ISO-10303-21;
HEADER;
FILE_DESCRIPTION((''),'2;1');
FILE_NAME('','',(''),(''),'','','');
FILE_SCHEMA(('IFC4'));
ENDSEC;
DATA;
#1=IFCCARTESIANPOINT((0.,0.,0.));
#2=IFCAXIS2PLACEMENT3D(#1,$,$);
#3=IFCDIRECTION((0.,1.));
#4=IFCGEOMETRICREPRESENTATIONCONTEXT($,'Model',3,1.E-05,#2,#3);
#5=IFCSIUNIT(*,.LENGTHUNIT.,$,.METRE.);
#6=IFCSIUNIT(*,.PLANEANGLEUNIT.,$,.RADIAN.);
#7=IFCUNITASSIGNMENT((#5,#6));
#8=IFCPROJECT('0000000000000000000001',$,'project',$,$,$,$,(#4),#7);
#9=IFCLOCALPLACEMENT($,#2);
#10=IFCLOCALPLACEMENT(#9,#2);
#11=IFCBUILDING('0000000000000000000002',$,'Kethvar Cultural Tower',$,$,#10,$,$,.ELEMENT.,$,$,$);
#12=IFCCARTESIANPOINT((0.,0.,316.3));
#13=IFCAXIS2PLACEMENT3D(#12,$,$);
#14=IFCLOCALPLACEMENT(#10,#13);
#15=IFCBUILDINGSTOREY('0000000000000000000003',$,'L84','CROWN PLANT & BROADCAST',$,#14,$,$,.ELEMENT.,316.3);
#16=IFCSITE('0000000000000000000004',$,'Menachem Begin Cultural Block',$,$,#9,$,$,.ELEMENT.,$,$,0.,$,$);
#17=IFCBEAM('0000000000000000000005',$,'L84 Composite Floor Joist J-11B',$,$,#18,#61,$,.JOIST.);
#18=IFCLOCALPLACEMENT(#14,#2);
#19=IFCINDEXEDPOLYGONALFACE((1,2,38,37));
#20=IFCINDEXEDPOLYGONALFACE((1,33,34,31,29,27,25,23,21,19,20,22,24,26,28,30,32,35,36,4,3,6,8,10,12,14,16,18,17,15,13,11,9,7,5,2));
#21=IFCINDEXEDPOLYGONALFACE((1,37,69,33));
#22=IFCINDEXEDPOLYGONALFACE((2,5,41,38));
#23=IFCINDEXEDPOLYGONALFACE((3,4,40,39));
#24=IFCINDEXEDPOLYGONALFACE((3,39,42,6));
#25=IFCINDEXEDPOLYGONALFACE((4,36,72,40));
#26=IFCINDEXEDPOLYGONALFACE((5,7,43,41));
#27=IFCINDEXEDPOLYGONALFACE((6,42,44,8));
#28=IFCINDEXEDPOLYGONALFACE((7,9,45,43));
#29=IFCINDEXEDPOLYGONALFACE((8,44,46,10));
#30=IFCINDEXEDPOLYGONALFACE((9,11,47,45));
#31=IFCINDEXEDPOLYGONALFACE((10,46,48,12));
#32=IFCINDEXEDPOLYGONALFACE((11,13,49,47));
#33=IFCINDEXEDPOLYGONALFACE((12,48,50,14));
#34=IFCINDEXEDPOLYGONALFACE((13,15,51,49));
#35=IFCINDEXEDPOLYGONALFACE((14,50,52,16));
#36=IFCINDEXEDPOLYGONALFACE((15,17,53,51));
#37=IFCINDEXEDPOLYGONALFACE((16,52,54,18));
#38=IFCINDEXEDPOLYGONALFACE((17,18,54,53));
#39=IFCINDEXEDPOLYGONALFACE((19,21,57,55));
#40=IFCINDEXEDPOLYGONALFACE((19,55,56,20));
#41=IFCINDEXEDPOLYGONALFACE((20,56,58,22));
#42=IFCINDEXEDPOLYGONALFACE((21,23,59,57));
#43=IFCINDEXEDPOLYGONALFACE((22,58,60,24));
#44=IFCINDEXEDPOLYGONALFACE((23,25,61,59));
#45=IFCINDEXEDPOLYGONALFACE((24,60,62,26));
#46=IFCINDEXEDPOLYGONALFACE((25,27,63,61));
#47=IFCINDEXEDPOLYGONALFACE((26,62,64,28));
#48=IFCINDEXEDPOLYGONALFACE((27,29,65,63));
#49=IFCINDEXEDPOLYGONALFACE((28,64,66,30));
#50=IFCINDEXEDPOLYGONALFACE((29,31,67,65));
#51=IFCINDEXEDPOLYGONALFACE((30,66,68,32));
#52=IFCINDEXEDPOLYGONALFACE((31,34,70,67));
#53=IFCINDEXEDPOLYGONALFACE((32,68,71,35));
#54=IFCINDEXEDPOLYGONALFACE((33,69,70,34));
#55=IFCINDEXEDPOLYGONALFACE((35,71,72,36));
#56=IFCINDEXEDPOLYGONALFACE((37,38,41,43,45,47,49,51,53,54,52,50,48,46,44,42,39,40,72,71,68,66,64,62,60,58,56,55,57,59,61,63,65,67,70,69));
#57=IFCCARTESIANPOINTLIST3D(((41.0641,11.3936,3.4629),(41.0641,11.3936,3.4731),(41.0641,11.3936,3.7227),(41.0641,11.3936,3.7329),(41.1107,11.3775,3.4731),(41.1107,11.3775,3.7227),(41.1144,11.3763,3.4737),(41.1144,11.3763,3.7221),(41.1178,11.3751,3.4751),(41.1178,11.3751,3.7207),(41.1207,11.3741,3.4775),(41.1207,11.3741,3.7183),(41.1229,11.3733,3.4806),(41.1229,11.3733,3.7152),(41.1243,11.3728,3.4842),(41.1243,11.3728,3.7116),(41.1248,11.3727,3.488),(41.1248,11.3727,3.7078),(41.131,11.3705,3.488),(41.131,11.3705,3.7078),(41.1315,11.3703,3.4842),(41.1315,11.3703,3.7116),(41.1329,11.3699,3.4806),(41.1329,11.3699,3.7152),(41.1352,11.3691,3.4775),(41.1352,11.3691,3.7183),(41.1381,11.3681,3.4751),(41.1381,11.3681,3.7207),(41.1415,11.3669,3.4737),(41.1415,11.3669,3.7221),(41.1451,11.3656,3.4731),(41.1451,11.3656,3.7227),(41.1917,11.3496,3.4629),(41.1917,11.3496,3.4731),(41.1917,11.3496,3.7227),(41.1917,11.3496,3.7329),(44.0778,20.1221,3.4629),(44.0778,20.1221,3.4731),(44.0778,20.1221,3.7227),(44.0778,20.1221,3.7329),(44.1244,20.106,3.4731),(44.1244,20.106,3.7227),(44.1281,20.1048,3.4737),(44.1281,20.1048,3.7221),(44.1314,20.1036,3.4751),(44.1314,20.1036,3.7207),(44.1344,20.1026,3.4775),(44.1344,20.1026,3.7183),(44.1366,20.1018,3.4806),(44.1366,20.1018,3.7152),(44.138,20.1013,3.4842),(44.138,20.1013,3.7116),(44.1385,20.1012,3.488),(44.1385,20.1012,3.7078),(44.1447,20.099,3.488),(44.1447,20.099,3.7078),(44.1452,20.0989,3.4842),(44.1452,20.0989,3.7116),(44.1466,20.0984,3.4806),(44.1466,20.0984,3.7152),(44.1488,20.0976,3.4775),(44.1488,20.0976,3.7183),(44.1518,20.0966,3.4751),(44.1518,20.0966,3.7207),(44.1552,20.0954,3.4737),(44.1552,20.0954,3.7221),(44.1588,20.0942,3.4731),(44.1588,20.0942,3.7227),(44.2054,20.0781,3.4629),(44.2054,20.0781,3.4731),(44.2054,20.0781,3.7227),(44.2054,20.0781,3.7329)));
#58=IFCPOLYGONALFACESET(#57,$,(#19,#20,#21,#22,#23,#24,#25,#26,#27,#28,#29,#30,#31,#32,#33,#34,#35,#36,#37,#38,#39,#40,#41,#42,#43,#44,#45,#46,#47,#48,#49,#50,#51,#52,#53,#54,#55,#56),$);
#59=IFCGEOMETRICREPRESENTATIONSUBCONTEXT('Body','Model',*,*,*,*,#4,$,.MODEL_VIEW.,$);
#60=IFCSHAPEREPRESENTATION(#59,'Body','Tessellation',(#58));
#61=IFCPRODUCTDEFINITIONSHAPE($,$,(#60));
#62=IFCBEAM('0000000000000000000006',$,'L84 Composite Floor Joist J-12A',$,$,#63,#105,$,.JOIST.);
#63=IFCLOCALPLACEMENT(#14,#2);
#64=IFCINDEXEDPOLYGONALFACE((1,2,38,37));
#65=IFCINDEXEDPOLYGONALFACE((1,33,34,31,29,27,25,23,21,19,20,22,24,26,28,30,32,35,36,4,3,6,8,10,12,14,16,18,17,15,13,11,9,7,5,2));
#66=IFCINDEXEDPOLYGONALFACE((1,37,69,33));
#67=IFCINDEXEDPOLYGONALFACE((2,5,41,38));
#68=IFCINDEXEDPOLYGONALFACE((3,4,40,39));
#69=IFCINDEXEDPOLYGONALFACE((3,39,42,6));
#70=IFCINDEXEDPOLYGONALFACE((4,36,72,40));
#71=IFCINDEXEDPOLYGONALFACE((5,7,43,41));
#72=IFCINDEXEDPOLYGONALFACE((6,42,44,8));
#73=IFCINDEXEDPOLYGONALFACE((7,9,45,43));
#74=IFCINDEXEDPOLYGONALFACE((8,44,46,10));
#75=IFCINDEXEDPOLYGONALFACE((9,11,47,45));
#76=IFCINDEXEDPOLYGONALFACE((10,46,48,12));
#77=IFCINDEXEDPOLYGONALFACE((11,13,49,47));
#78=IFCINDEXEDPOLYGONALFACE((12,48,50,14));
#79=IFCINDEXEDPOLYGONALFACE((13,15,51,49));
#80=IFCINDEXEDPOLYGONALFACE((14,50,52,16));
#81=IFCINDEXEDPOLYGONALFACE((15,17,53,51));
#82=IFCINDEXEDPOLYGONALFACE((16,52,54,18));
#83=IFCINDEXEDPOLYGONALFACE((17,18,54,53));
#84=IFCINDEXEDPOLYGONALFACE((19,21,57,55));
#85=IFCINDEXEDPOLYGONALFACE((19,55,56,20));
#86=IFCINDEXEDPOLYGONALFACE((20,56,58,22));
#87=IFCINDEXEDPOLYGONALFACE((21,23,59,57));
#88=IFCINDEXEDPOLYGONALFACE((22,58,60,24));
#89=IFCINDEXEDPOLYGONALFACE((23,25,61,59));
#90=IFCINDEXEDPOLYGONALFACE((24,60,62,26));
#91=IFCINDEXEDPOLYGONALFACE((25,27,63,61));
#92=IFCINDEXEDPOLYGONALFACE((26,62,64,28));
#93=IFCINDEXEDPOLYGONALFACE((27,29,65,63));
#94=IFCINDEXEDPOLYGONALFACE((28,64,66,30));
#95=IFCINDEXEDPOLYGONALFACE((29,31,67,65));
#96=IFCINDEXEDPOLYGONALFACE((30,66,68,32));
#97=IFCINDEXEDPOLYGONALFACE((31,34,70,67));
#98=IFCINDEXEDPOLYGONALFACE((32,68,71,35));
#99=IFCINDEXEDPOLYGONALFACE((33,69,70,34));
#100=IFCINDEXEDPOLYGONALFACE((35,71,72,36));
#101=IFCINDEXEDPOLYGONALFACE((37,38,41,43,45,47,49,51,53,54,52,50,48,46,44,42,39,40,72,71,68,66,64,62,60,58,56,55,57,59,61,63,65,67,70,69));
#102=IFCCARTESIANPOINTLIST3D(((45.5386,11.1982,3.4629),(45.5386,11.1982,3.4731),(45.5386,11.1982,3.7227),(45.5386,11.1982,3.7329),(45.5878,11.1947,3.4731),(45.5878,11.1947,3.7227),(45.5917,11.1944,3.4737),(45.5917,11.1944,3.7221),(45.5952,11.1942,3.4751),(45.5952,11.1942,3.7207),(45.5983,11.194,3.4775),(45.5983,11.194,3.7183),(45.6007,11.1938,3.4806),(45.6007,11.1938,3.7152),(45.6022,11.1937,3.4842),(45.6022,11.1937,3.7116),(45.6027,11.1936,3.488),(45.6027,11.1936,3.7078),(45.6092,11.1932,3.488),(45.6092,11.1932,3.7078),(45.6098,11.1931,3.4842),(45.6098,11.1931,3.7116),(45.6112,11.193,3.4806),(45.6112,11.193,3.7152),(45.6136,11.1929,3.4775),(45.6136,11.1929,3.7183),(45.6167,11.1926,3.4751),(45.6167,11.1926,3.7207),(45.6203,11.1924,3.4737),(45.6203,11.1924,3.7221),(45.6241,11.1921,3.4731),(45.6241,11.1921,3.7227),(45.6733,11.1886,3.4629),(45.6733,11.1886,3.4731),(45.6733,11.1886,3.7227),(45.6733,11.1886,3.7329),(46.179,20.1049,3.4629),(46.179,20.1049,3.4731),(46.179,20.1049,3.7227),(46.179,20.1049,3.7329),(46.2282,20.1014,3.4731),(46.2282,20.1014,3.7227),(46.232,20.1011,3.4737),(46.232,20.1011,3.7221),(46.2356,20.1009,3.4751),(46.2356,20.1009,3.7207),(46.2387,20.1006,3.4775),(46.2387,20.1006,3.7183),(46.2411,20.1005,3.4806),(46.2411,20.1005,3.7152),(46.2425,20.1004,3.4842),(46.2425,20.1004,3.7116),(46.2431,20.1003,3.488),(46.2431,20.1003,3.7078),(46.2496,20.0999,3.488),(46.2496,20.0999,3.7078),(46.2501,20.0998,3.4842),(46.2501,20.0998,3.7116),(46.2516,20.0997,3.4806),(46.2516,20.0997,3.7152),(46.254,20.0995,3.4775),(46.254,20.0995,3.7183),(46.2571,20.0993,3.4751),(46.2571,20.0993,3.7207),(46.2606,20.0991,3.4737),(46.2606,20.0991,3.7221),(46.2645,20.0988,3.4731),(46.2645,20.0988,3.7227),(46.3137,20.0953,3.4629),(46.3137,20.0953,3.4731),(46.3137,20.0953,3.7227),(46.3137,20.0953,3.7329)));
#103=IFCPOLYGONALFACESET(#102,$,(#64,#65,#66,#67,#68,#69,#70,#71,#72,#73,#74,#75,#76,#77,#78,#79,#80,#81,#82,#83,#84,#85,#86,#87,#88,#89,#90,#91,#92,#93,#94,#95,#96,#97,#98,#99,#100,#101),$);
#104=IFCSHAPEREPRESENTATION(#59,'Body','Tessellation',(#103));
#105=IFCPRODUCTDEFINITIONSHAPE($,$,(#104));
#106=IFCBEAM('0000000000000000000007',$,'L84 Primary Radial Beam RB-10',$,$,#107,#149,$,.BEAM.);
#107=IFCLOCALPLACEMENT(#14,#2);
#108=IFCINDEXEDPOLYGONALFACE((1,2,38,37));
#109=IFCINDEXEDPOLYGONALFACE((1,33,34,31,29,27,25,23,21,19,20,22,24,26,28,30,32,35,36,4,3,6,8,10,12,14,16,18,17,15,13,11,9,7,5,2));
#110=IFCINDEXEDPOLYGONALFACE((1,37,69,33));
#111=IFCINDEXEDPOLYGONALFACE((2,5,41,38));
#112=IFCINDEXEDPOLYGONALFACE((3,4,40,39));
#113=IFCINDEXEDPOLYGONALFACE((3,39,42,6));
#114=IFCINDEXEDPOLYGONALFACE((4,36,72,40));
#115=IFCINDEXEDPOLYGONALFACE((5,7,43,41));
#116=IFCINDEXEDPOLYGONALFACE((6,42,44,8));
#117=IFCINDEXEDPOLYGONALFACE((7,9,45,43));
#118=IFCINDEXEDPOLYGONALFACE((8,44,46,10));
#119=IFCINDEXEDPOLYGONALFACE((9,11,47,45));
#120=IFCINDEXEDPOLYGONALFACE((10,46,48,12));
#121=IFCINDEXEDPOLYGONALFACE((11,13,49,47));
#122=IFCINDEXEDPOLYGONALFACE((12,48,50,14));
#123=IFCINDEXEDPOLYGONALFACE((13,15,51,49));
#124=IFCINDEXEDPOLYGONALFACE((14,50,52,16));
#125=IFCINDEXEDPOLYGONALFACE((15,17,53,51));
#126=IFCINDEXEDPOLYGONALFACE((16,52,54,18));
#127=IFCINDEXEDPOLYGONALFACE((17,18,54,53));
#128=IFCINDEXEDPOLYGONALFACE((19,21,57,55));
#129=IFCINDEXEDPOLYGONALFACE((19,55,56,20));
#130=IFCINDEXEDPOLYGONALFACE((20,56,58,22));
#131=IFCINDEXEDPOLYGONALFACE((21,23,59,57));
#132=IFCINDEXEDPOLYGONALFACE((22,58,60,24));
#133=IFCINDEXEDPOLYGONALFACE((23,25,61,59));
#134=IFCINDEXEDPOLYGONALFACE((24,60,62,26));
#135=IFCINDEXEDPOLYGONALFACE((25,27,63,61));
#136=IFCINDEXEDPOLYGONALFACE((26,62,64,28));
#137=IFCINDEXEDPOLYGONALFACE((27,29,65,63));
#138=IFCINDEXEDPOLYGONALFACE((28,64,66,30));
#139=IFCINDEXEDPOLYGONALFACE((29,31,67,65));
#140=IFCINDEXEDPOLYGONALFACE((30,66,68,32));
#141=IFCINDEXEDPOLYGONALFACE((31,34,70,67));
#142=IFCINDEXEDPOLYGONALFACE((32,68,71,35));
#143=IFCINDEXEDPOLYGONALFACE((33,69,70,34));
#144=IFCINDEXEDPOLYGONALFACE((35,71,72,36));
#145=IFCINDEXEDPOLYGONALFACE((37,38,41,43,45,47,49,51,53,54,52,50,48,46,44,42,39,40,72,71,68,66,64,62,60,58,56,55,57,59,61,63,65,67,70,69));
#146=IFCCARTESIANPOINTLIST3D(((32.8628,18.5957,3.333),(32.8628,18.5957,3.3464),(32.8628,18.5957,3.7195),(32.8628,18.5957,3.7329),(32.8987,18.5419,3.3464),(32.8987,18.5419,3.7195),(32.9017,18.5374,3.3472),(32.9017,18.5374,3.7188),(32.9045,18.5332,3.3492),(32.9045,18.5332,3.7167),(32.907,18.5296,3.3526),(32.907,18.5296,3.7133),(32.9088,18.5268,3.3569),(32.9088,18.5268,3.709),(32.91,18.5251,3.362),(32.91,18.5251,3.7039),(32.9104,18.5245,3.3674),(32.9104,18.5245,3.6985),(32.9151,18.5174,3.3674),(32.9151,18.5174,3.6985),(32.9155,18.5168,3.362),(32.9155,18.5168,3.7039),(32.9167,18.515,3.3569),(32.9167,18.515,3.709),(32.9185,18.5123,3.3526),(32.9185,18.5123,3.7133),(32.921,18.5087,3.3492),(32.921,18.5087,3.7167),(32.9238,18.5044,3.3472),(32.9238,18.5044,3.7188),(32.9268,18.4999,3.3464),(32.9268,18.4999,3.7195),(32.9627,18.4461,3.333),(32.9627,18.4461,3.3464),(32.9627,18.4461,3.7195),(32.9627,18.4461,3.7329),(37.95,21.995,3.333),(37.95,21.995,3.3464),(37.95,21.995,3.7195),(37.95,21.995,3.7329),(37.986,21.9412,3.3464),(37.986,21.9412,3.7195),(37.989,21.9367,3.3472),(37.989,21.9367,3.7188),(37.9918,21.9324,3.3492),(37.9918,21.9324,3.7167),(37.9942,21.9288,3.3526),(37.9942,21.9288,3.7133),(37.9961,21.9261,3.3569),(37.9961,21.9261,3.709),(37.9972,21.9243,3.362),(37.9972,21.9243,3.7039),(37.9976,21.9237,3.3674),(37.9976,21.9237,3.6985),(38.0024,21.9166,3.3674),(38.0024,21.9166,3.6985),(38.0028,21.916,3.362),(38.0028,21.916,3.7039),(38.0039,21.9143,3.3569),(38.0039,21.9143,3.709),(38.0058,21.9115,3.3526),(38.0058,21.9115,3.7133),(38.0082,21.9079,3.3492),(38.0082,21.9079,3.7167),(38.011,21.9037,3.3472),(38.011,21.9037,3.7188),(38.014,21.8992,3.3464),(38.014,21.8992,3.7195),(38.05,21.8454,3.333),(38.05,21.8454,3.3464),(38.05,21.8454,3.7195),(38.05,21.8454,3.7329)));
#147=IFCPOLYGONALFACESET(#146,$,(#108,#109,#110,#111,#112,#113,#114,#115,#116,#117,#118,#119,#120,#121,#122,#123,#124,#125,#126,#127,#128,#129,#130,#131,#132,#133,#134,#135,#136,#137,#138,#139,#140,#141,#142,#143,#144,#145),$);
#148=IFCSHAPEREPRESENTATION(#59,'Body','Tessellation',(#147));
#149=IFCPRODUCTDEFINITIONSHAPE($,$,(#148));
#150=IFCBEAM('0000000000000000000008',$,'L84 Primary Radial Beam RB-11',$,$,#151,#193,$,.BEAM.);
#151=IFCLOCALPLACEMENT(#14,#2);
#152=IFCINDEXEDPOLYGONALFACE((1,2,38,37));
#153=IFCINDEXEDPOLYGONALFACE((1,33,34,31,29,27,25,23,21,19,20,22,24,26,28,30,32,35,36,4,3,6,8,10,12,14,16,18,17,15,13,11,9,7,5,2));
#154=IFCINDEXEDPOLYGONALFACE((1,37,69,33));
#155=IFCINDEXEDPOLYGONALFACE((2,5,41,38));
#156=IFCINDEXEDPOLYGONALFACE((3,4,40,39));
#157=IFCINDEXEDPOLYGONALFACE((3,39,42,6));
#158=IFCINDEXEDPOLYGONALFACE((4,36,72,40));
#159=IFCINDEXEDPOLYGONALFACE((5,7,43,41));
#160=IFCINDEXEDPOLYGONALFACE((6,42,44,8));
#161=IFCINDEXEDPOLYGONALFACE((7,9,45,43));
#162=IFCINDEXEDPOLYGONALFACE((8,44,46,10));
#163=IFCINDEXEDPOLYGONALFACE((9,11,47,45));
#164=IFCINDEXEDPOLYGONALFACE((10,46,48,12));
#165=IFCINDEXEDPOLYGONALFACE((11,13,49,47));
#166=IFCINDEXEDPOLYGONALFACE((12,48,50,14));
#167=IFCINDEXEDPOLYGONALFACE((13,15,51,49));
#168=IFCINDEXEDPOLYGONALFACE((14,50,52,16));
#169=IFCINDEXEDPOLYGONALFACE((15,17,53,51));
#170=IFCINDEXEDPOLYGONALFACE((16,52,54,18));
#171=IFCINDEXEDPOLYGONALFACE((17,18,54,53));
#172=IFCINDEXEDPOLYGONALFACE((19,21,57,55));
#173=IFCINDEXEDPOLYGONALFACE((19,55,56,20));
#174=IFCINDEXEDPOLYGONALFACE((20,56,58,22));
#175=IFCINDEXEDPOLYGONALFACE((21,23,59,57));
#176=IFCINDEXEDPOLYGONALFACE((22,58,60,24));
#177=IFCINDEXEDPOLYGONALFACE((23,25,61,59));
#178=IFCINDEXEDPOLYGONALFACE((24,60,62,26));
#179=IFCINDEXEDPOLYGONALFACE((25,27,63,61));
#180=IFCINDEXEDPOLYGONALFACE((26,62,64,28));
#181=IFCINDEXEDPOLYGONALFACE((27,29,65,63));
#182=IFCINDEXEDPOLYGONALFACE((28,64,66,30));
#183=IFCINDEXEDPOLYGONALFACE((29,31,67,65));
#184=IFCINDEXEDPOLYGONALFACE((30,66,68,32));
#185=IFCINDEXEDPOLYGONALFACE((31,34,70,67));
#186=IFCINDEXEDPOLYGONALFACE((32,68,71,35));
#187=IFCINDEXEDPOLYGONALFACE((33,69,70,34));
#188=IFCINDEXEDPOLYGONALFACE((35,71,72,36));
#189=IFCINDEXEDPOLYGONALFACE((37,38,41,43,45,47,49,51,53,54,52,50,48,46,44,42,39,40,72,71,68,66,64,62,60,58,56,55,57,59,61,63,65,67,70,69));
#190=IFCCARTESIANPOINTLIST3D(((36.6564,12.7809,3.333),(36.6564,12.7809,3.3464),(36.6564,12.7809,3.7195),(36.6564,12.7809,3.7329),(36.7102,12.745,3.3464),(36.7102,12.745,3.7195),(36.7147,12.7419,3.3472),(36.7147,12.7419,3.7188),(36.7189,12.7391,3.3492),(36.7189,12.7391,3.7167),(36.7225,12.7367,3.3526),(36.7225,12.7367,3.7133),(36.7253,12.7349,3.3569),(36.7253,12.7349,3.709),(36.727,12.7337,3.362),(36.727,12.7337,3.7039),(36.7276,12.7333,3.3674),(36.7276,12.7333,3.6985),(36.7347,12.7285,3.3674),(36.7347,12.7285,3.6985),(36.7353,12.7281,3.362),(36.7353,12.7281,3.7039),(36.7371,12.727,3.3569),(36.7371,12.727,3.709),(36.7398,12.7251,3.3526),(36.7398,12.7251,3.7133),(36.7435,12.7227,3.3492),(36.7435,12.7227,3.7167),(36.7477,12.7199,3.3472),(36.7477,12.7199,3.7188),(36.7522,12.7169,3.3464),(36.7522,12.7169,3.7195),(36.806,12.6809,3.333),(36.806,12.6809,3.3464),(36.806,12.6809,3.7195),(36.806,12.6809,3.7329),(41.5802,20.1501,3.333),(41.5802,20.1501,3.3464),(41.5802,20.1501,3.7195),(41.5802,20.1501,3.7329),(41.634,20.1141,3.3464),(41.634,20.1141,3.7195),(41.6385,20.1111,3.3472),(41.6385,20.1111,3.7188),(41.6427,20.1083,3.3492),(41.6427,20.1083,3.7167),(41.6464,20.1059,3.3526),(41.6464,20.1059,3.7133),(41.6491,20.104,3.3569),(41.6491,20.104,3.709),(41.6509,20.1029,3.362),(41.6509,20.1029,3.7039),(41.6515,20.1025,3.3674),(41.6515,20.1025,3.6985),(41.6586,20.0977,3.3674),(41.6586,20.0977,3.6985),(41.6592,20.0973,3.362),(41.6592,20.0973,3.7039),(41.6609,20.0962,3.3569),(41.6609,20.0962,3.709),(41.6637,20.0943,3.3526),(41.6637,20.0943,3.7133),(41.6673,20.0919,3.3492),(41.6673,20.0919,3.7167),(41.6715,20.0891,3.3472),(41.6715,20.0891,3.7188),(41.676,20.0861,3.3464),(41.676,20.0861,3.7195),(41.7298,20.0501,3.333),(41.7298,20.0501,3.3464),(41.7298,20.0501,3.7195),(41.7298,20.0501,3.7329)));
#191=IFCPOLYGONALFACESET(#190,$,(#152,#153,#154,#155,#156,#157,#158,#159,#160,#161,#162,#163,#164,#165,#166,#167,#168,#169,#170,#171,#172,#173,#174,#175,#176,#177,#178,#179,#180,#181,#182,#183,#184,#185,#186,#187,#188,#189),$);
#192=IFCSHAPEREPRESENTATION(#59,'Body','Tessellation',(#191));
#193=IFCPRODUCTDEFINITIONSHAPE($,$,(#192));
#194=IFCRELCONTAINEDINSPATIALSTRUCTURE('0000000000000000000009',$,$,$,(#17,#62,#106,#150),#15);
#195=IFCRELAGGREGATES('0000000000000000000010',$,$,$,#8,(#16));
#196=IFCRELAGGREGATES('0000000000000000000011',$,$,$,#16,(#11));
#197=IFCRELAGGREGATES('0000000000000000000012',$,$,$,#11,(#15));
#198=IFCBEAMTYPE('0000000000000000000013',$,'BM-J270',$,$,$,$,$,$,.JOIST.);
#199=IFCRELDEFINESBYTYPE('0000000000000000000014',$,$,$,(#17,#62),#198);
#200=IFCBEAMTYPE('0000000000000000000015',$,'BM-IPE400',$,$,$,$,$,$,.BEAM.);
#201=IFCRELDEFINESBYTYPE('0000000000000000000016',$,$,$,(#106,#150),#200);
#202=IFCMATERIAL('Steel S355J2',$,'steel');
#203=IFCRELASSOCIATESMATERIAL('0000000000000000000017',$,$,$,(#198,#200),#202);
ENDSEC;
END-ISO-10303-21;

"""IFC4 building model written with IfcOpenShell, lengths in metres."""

from ifc_helpers import new_model, si_unit, direction, frame, origin, origin_2d, place, context, subcontext, project, spatial, i_section, extrude, source, transform, mapped, material, material_profile, profile_set, type_object, element, save


model = new_model("IFC4")

# Units and contexts
model_context = context("Model", 3, precision=1e-05, world=origin(), true_north=direction((0.0, 1.0)))
body_context = subcontext(model_context, "Body", "Model", "MODEL_VIEW")
ifc_project = project(units=[si_unit("LENGTHUNIT", "METRE"), si_unit("PLANEANGLEUNIT", "RADIAN")], contexts=[model_context])

# Site, building, storey
site_placement = place(None, origin())
site = spatial("IfcSite", under=ifc_project, at=site_placement, Name="Menachem Begin Cultural Block", CompositionType="ELEMENT", RefElevation=0.0)
building_placement = place(site_placement, origin())
building = spatial("IfcBuilding", under=site, at=building_placement, Name="Kethvar Cultural Tower", CompositionType="ELEMENT")
storey_placement = place(building_placement, frame((0.0, 0.0, 316.3)))
storey = spatial("IfcBuildingStorey", under=building, at=storey_placement, Name="L84", Description="CROWN PLANT & BROADCAST", CompositionType="ELEMENT", Elevation=316.3)

# Beams
ifc_material_1 = material(Name="Steel S355J2", Category="steel")
ifc_material_profile_1 = material_profile(ifc_material_1, i_section(OverallWidth=0.135, OverallDepth=0.27, WebThickness=0.0066, FlangeThickness=0.0103, FilletRadius=0.0149, at=origin_2d()), Name="Steel S355J2 — IPE270")
ifc_profile_set_1 = profile_set([ifc_material_profile_1], Name="Steel S355J2 — IPE270")
beam_type_1 = type_object("IfcBeamType", Name="BM-J270", PredefinedType="JOIST", material=ifc_profile_set_1)
shared_shape_1 = source(origin(), body_context, "Body", "SweptSolid", [
    extrude(i_section(OverallWidth=0.135, OverallDepth=0.27, WebThickness=0.0066, FlangeThickness=0.0103, FilletRadius=0.0149, at=origin_2d()), origin(), (0.0, 0.0, 1.0), 9.2341),
])
beam_1_placement = place(storey_placement, frame((44.1416, 20.1001, 3.5979), z_axis=(-0.326362, -0.945245, 0.0), x_axis=(0.945245, -0.326362, 0.0)))
element("IfcBeam", 1, at=beam_1_placement, inside=storey, type_object=beam_type_1, Name="L84 Composite Floor Joist J-11B", PredefinedType="JOIST", context=body_context, shape_type="MappedRepresentation", body=[
    mapped(shared_shape_1, transform((0.0, 0.0, 0.0), scale=1.0)),
])
shared_shape_2 = source(origin(), body_context, "Body", "SweptSolid", [
    extrude(i_section(OverallWidth=0.135, OverallDepth=0.27, WebThickness=0.0066, FlangeThickness=0.0103, FilletRadius=0.0149, at=origin_2d()), origin(), (0.0, 0.0, 1.0), 8.9297),
])
beam_2_placement = place(storey_placement, frame((46.2463, 20.1001, 3.5979), z_axis=(-0.071713, -0.997425, 0.0), x_axis=(0.997425, -0.071713, 0.0)))
element("IfcBeam", 2, at=beam_2_placement, inside=storey, type_object=beam_type_1, Name="L84 Composite Floor Joist J-12A", PredefinedType="JOIST", context=body_context, shape_type="MappedRepresentation", body=[
    mapped(shared_shape_2, transform((0.0, 0.0, 0.0), scale=1.0)),
])
ifc_material_profile_2 = material_profile(ifc_material_1, i_section(OverallWidth=0.1799, OverallDepth=0.3999, WebThickness=0.0085, FlangeThickness=0.0134, FilletRadius=0.021, at=origin_2d()), Name="Steel S355J2 — IPE400")
ifc_profile_set_2 = profile_set([ifc_material_profile_2], Name="Steel S355J2 — IPE400")
beam_type_2 = type_object("IfcBeamType", Name="BM-IPE400", PredefinedType="BEAM", material=ifc_profile_set_2)
shared_shape_3 = source(origin(), body_context, "Body", "SweptSolid", [
    extrude(i_section(OverallWidth=0.1799, OverallDepth=0.3999, WebThickness=0.0085, FlangeThickness=0.0134, FilletRadius=0.021, at=origin_2d()), origin(), (0.0, 0.0, 1.0), 6.1184),
])
beam_3_placement = place(storey_placement, frame((38.0, 21.9202, 3.533), z_axis=(-0.831467, -0.555575, 0.0), x_axis=(0.555575, -0.831467, 0.0)))
element("IfcBeam", 3, at=beam_3_placement, inside=storey, type_object=beam_type_2, Name="L84 Primary Radial Beam RB-10", PredefinedType="BEAM", context=body_context, shape_type="MappedRepresentation", body=[
    mapped(shared_shape_3, transform((0.0, 0.0, 0.0), scale=1.0)),
])
shared_shape_4 = source(origin(), body_context, "Body", "SweptSolid", [
    extrude(i_section(OverallWidth=0.1799, OverallDepth=0.3999, WebThickness=0.0085, FlangeThickness=0.0134, FilletRadius=0.021, at=origin_2d()), origin(), (0.0, 0.0, 1.0), 8.8628),
])
beam_4_placement = place(storey_placement, frame((41.655, 20.1001, 3.533), z_axis=(-0.555564, -0.831473, 0.0), x_axis=(0.831473, -0.555564, 0.0)))
element("IfcBeam", 4, at=beam_4_placement, inside=storey, type_object=beam_type_2, Name="L84 Primary Radial Beam RB-11", PredefinedType="BEAM", context=body_context, shape_type="MappedRepresentation", body=[
    mapped(shared_shape_4, transform((0.0, 0.0, 0.0), scale=1.0)),
])

save(model, "model.ifc")
